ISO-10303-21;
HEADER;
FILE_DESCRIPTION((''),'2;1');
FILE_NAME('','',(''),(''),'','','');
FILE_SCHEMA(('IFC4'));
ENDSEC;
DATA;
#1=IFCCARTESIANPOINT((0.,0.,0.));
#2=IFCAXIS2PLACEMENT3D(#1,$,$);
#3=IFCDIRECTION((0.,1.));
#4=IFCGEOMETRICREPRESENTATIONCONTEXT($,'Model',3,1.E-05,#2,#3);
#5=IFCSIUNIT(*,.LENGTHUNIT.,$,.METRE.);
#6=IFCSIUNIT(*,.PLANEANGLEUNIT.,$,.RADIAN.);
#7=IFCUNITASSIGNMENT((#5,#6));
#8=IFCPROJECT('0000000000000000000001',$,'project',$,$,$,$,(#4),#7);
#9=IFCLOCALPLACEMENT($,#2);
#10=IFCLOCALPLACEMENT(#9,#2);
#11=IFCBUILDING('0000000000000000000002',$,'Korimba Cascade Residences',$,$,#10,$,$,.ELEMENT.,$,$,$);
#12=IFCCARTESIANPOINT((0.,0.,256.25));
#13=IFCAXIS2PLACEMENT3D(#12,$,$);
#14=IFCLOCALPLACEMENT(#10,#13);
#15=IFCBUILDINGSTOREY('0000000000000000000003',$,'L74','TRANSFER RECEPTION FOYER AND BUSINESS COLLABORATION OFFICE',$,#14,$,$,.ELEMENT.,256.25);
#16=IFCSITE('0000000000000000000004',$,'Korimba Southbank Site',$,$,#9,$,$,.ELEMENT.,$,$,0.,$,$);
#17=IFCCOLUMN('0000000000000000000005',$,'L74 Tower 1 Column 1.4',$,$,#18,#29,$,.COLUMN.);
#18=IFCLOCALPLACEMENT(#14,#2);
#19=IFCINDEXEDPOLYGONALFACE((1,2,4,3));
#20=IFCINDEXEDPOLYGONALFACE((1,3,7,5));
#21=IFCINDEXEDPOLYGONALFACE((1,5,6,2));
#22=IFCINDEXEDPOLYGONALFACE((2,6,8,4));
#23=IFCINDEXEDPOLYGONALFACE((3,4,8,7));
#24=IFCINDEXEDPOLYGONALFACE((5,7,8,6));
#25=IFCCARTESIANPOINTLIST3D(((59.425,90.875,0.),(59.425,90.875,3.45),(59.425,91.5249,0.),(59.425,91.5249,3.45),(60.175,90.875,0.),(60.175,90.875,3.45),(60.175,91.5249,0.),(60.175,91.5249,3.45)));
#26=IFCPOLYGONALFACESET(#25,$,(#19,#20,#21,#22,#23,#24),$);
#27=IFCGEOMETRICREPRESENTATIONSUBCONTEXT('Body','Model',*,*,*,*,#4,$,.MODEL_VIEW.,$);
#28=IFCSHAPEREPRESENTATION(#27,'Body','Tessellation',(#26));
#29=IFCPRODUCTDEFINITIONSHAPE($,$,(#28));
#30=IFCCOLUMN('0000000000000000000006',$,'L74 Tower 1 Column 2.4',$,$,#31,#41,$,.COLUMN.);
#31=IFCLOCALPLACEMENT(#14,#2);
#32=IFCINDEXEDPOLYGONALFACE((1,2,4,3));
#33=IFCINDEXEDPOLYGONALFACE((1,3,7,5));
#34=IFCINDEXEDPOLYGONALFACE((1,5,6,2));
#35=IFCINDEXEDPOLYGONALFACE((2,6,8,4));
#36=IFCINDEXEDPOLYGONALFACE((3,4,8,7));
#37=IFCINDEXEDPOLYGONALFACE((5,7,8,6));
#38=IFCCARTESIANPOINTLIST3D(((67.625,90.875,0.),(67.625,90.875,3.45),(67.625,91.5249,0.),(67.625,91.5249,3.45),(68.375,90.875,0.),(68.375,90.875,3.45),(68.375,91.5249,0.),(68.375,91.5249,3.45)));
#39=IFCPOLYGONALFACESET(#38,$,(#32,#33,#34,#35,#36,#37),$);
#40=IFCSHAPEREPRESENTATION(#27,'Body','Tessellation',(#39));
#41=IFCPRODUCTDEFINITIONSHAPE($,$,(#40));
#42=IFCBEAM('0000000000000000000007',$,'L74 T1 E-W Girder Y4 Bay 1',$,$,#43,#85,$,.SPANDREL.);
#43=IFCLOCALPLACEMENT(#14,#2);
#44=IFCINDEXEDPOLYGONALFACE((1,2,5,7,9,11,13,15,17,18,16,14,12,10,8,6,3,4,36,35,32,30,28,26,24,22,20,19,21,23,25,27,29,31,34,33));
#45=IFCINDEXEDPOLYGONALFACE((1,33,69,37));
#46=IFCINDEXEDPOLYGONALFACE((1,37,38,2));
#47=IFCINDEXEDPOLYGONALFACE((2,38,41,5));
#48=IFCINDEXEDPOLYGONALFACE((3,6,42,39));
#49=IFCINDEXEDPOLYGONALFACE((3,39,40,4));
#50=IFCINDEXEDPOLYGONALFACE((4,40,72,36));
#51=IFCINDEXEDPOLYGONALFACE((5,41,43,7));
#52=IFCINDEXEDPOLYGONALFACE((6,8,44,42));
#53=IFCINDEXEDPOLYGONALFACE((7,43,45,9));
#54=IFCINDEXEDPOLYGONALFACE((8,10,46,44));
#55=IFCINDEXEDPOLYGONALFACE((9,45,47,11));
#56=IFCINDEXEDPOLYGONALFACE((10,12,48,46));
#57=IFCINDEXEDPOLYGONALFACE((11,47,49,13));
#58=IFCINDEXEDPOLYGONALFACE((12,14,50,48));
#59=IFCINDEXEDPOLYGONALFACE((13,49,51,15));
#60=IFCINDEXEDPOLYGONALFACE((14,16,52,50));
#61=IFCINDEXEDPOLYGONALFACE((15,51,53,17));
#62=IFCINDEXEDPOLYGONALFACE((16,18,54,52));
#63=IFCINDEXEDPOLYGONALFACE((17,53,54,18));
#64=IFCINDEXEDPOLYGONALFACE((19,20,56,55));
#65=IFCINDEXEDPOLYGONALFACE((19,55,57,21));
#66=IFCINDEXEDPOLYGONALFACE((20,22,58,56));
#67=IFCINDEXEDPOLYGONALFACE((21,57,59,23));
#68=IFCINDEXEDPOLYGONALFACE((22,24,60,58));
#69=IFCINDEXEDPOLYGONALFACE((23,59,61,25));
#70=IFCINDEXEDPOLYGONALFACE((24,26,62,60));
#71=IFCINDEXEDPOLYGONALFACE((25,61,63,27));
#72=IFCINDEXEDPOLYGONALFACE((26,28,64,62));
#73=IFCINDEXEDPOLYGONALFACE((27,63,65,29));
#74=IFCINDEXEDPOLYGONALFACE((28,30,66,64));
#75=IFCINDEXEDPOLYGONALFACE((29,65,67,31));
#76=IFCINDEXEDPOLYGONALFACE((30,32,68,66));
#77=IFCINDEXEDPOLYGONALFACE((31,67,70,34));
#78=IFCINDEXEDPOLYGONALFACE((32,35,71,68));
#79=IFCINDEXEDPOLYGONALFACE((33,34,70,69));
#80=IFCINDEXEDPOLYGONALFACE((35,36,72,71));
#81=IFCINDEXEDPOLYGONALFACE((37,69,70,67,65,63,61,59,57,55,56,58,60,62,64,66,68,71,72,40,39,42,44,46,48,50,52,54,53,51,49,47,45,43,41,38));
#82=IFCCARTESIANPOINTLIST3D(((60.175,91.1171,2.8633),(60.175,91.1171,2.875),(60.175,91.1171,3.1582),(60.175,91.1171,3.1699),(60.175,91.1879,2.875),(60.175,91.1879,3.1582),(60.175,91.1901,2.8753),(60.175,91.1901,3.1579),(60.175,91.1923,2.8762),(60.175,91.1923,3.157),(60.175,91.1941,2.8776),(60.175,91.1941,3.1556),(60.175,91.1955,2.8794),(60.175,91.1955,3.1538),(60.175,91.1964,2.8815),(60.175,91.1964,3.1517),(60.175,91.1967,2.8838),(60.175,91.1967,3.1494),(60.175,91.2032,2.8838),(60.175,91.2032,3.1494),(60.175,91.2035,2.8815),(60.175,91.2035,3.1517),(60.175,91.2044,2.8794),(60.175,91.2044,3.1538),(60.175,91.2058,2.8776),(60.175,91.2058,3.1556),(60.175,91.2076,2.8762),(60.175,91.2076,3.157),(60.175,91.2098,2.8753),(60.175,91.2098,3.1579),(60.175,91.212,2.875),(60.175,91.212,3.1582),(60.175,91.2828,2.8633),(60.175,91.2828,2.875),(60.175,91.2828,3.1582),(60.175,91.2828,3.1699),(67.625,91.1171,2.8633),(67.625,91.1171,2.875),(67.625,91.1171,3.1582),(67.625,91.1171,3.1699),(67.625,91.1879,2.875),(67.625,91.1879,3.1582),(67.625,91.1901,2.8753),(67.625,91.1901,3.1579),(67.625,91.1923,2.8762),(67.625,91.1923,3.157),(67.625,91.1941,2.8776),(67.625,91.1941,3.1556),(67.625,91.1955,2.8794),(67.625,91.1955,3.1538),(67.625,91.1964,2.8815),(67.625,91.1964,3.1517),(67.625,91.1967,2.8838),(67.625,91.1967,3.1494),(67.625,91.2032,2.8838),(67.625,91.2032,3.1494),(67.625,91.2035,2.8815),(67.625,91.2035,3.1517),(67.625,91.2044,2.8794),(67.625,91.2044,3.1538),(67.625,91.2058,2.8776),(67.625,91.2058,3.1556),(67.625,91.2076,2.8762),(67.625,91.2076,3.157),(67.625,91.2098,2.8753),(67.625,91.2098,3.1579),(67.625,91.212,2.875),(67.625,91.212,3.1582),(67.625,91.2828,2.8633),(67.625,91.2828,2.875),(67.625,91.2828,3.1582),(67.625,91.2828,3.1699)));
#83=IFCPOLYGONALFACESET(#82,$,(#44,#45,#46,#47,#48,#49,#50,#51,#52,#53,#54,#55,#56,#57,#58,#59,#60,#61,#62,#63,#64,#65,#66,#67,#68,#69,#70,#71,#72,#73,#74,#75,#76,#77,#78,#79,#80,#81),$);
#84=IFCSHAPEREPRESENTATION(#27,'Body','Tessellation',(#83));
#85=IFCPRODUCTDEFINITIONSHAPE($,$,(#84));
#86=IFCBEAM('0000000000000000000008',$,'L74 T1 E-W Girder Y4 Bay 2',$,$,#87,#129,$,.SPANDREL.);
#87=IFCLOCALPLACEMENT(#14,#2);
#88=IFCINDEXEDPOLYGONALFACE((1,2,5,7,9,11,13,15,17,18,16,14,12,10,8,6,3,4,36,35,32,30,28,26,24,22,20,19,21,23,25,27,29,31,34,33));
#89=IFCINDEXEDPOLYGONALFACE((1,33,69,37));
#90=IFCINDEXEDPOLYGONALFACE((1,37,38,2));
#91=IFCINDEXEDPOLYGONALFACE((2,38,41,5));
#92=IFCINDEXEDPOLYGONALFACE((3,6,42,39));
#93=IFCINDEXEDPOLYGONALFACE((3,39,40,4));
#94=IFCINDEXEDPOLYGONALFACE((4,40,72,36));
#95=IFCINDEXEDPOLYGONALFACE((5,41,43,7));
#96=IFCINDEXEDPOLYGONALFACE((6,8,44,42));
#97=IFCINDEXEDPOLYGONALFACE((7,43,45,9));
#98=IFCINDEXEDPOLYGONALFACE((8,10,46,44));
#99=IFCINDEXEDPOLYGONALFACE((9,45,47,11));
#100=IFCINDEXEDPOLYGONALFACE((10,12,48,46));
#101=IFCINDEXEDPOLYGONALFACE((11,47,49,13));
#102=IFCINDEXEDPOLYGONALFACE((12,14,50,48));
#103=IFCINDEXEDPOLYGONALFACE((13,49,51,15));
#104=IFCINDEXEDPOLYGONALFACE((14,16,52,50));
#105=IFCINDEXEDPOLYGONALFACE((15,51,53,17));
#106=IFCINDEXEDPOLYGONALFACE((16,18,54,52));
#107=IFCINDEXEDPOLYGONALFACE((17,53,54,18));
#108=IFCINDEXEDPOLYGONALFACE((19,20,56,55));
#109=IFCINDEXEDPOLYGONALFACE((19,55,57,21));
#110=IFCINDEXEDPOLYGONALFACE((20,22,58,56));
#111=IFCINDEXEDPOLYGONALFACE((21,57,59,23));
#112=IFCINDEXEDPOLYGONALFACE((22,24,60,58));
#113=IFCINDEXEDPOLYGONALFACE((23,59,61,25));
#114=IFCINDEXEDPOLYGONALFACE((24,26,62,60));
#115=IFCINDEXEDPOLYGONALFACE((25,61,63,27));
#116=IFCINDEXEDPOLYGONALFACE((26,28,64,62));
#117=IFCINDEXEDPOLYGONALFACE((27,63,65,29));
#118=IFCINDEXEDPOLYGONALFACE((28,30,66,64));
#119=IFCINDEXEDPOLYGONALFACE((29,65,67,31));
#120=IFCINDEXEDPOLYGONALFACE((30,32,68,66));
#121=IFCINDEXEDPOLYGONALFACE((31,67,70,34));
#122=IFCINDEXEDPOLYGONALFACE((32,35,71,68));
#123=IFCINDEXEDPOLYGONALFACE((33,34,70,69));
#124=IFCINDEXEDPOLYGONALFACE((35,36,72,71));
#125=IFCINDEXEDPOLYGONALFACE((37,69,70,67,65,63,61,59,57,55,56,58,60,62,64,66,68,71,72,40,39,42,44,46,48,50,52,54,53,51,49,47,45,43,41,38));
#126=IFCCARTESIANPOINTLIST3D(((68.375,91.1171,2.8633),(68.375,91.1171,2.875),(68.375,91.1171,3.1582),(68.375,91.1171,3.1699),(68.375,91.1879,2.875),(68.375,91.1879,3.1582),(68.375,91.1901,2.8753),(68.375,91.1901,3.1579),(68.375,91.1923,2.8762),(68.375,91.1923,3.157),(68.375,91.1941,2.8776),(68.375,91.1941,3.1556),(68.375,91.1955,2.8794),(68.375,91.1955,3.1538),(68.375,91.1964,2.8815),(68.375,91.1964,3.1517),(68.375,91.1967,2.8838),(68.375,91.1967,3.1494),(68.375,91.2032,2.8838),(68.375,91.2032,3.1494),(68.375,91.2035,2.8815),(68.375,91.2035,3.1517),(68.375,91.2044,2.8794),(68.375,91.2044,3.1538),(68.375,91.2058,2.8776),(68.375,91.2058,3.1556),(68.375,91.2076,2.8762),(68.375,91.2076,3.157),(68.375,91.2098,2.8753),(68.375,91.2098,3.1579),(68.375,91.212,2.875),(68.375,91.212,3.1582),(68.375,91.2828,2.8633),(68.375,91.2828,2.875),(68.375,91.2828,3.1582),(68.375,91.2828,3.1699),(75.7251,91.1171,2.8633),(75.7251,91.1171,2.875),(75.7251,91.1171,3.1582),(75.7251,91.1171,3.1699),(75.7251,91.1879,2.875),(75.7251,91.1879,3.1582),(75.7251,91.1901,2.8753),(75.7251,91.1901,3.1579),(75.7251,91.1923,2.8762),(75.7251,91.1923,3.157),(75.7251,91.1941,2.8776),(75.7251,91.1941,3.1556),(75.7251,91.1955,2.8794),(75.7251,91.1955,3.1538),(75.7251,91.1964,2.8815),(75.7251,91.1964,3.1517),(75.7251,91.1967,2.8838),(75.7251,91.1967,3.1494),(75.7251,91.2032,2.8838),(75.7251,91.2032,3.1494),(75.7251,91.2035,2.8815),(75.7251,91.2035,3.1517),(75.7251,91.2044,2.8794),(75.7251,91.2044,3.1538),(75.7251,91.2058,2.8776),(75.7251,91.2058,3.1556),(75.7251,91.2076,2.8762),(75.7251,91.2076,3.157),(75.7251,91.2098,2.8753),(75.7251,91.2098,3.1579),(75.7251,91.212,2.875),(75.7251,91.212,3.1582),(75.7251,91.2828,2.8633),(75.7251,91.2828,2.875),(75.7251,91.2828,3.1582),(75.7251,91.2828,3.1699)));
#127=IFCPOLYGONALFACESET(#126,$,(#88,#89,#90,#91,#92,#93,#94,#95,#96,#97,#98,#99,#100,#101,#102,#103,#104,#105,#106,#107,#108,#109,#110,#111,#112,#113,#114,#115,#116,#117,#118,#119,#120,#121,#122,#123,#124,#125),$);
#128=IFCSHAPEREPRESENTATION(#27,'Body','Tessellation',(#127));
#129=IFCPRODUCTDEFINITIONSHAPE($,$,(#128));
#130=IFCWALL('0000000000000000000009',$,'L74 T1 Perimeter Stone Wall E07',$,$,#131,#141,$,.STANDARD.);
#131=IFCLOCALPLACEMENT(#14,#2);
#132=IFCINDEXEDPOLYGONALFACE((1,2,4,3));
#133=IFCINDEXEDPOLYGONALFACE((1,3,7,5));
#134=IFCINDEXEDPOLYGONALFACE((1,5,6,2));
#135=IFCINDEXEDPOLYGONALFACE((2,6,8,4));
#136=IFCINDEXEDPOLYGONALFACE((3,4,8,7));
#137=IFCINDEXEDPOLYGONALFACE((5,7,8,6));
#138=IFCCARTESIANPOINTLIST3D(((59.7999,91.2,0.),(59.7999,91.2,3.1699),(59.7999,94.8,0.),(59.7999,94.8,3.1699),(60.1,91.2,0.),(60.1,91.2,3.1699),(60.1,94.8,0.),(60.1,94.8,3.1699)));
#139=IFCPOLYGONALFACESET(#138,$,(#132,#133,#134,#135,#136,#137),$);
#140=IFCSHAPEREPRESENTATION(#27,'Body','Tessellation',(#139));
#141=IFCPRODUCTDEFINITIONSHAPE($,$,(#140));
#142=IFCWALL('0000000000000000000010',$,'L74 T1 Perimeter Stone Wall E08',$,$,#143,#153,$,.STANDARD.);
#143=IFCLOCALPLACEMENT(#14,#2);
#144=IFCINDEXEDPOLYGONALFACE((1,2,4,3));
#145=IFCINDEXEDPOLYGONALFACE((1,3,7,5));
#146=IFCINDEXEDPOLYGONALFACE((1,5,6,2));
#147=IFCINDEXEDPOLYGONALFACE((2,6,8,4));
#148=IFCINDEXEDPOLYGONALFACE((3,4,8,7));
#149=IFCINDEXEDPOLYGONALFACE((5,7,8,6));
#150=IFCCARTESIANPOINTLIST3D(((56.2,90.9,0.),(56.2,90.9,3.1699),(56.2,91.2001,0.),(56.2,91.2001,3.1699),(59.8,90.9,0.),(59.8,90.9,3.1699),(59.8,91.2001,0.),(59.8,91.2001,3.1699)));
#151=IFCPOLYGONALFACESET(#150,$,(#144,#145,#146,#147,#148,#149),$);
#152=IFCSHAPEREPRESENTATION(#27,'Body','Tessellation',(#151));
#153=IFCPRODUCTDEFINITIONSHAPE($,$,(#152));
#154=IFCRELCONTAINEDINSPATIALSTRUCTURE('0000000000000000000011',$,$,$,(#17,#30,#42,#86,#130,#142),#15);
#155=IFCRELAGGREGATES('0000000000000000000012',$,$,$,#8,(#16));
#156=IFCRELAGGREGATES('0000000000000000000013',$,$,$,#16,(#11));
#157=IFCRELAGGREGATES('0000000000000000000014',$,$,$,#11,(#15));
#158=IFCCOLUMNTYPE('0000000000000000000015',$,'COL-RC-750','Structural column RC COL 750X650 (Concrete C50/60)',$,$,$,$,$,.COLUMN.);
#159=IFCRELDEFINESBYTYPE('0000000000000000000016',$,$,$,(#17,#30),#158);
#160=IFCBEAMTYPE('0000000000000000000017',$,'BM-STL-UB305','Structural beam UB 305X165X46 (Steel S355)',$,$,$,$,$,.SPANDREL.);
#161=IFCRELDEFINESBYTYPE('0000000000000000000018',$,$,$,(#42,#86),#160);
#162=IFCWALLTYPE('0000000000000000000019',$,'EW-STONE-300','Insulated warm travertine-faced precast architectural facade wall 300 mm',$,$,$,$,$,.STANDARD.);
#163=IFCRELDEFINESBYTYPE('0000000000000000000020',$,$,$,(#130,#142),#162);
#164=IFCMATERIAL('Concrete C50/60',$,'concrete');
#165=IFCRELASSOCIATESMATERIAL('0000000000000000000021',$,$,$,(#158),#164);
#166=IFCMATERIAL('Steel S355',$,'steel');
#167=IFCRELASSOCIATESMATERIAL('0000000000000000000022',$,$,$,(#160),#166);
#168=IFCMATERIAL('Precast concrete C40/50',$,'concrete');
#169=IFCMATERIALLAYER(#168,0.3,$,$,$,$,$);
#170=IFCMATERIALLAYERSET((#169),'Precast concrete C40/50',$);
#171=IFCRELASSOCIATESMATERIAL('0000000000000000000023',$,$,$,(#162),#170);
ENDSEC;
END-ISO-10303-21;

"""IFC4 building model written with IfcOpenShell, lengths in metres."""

from ifc_helpers import new_model, si_unit, direction, frame, frame_2d, origin, origin_2d, place, context, subcontext, project, spatial, rectangle, i_section, extrude, material, layer, layer_set, material_profile, profile_set, type_object, element, save


model = new_model("IFC4")

# Units and contexts
model_context = context("Model", 3, precision=1e-05, world=origin(), true_north=direction((0.0, 1.0)))
body_context = subcontext(model_context, "Body", "Model", "MODEL_VIEW")
ifc_project = project(units=[si_unit("LENGTHUNIT", "METRE"), si_unit("PLANEANGLEUNIT", "RADIAN")], contexts=[model_context])

# Site, building, storey
site_placement = place(None, origin())
site = spatial("IfcSite", under=ifc_project, at=site_placement, Name="Korimba Southbank Site", CompositionType="ELEMENT", RefElevation=0.0)
building_placement = place(site_placement, origin())
building = spatial("IfcBuilding", under=site, at=building_placement, Name="Korimba Cascade Residences", CompositionType="ELEMENT")
storey_placement = place(building_placement, frame((0.0, 0.0, 256.25)))
storey = spatial("IfcBuildingStorey", under=building, at=storey_placement, Name="L74", Description="TRANSFER RECEPTION FOYER AND BUSINESS COLLABORATION OFFICE", CompositionType="ELEMENT", Elevation=256.25)

# Columns
ifc_material_1 = material(Name="Concrete C50/60", Category="concrete")
ifc_material_profile_1 = material_profile(ifc_material_1, rectangle(XDim=0.75, YDim=0.6499, at=origin_2d()), Name="Concrete C50/60")
ifc_profile_set_1 = profile_set([ifc_material_profile_1], Name="Concrete C50/60")
column_type = type_object("IfcColumnType", Name="COL-RC-750", Description="Structural column RC COL 750X650 (Concrete C50/60)", PredefinedType="COLUMN", material=ifc_profile_set_1)
for number, where, z_axis, x_axis, name in (
    (1, (59.8, 91.2, 0.0), (0.0, 0.0, 1.0), (1.0, 0.0, 0.0), "L74 Tower 1 Column 1.4"),
    (2, (68.0, 91.2, 0.0), (0.0, 0.0, 1.0), (1.0, 0.0, 0.0), "L74 Tower 1 Column 2.4"),
):
    element("IfcColumn", number, at=place(storey_placement, frame(where, z_axis=z_axis, x_axis=x_axis)), inside=storey, type_object=column_type, Name=name, PredefinedType="COLUMN", context=body_context, shape_type="SweptSolid", body=[
        extrude(rectangle(XDim=0.75, YDim=0.6499, at=origin_2d()), origin(), (0.0, 0.0, 1.0), 3.45),
    ])

# Beams
ifc_material_2 = material(Name="Steel S355", Category="steel")
ifc_material_profile_2 = material_profile(ifc_material_2, i_section(OverallWidth=0.1658, OverallDepth=0.3066, WebThickness=0.0066, FlangeThickness=0.0117, FilletRadius=0.0088, at=origin_2d()), Name="Steel S355")
ifc_profile_set_2 = profile_set([ifc_material_profile_2], Name="Steel S355")
beam_type = type_object("IfcBeamType", Name="BM-STL-UB305", Description="Structural beam UB 305X165X46 (Steel S355)", PredefinedType="SPANDREL", material=ifc_profile_set_2)
beam_1_placement = place(storey_placement, frame((60.175, 91.2, 3.0166), z_axis=(1.0, 0.0, 0.0), x_axis=(0.0, 1.0, 0.0)))
element("IfcBeam", 3, at=beam_1_placement, inside=storey, type_object=beam_type, Name="L74 T1 E-W Girder Y4 Bay 1", PredefinedType="SPANDREL", context=body_context, shape_type="SweptSolid", body=[
    extrude(i_section(OverallWidth=0.1658, OverallDepth=0.3066, WebThickness=0.0066, FlangeThickness=0.0117, FilletRadius=0.0088, at=origin_2d()), origin(), (0.0, 0.0, 1.0), 7.45),
])
beam_2_placement = place(storey_placement, frame((68.375, 91.2, 3.0166), z_axis=(1.0, 0.0, 0.0), x_axis=(0.0, 1.0, 0.0)))
element("IfcBeam", 4, at=beam_2_placement, inside=storey, type_object=beam_type, Name="L74 T1 E-W Girder Y4 Bay 2", PredefinedType="SPANDREL", context=body_context, shape_type="SweptSolid", body=[
    extrude(i_section(OverallWidth=0.1658, OverallDepth=0.3066, WebThickness=0.0066, FlangeThickness=0.0117, FilletRadius=0.0088, at=origin_2d()), origin(), (0.0, 0.0, 1.0), 7.3501),
])

# Walls
ifc_material_3 = material(Name="Precast concrete C40/50", Category="concrete")
ifc_layer_1 = layer(ifc_material_3, 0.3)
ifc_layer_set_1 = layer_set([ifc_layer_1], Name="Precast concrete C40/50")
wall_type_1 = type_object("IfcWallType", Name="EW-STONE-300", Description="Insulated warm travertine-faced precast architectural facade wall 300 mm", PredefinedType="STANDARD", material=ifc_layer_set_1)
for number, where, z_axis, x_axis, name in (
    (5, (59.95, 94.8, 0.0), (0.0, 0.0, 1.0), (0.0, -1.0, 0.0), "L74 T1 Perimeter Stone Wall E07"),
    (6, (59.8, 91.05, 0.0), (0.0, 0.0, 1.0), (-1.0, 0.0, 0.0), "L74 T1 Perimeter Stone Wall E08"),
):
    element("IfcWall", number, at=place(storey_placement, frame(where, z_axis=z_axis, x_axis=x_axis)), inside=storey, type_object=wall_type_1, Name=name, PredefinedType="STANDARD", context=body_context, shape_type="SweptSolid", body=[
        extrude(rectangle(XDim=3.6001, YDim=0.3, at=frame_2d((1.8, 0.0))), origin(), (0.0, 0.0, 1.0), 3.1699),
    ])

save(model, "model.ifc")
